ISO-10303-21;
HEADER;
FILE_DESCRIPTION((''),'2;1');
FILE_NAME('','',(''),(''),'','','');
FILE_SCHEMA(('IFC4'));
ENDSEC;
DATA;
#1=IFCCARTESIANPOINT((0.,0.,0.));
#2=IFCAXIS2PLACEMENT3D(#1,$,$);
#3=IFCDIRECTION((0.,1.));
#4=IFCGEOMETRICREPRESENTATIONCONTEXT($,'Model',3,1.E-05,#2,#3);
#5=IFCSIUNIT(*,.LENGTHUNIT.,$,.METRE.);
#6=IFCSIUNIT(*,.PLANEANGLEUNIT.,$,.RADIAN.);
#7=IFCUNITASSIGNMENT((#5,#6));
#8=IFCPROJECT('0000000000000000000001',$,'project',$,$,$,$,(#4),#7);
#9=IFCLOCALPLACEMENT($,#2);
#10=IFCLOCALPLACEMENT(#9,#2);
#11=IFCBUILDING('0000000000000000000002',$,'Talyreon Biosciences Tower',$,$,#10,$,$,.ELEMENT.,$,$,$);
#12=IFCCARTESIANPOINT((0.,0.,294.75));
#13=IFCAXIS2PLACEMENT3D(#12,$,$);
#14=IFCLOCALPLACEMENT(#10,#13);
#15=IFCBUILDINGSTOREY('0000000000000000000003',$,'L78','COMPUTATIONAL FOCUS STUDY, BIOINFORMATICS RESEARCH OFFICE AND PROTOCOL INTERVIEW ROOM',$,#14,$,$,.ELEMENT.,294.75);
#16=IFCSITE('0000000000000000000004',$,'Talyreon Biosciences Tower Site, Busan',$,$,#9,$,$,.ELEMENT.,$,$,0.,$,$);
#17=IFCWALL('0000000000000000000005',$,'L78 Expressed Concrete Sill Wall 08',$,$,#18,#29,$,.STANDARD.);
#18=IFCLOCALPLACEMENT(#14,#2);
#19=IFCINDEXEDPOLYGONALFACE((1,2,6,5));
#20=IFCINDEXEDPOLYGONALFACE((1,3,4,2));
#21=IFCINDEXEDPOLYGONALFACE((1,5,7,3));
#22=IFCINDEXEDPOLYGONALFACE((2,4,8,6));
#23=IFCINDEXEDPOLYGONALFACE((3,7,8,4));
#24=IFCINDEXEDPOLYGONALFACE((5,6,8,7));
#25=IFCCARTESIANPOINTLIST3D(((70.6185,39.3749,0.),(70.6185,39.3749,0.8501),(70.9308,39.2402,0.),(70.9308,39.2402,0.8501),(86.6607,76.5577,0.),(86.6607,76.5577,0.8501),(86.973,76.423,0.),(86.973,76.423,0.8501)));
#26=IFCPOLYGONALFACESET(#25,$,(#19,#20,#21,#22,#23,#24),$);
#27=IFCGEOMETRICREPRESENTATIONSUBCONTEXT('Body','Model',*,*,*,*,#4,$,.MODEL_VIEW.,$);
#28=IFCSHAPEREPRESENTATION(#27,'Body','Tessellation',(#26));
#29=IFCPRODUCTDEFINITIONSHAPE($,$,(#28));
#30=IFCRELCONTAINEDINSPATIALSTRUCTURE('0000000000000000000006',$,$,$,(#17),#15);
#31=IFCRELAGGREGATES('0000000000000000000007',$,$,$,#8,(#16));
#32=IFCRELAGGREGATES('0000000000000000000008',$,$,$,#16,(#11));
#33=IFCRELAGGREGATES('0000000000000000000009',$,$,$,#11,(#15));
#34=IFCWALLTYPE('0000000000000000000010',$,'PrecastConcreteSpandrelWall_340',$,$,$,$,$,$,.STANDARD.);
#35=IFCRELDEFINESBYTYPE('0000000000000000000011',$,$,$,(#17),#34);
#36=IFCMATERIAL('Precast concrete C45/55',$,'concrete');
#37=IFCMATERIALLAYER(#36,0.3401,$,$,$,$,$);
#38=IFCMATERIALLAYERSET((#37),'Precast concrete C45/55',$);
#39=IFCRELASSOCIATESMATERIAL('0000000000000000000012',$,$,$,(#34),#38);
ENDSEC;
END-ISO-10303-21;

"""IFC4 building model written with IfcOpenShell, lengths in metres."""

from ifc_helpers import new_model, si_unit, direction, frame, frame_2d, origin, place, context, subcontext, project, spatial, rectangle, extrude, material, layer, layer_set, type_object, element, save


model = new_model("IFC4")

# Units and contexts
model_context = context("Model", 3, precision=1e-05, world=origin(), true_north=direction((0.0, 1.0)))
body_context = subcontext(model_context, "Body", "Model", "MODEL_VIEW")
ifc_project = project(units=[si_unit("LENGTHUNIT", "METRE"), si_unit("PLANEANGLEUNIT", "RADIAN")], contexts=[model_context])

# Site, building, storey
site_placement = place(None, origin())
site = spatial("IfcSite", under=ifc_project, at=site_placement, Name="Talyreon Biosciences Tower Site, Busan", CompositionType="ELEMENT", RefElevation=0.0)
building_placement = place(site_placement, origin())
building = spatial("IfcBuilding", under=site, at=building_placement, Name="Talyreon Biosciences Tower", CompositionType="ELEMENT")
storey_placement = place(building_placement, frame((0.0, 0.0, 294.75)))
storey = spatial("IfcBuildingStorey", under=building, at=storey_placement, Name="L78", Description="COMPUTATIONAL FOCUS STUDY, BIOINFORMATICS RESEARCH OFFICE AND PROTOCOL INTERVIEW ROOM", CompositionType="ELEMENT", Elevation=294.75)

# Shared definitions
ifc_material_1 = material(Name="Precast concrete C45/55", Category="concrete")

# Wall
ifc_layer_1 = layer(ifc_material_1, 0.3401)
ifc_layer_set_1 = layer_set([ifc_layer_1], Name="Precast concrete C45/55")
wall_type_1 = type_object("IfcWallType", Name="PrecastConcreteSpandrelWall_340", PredefinedType="STANDARD", material=ifc_layer_set_1)
wall_1_placement = place(storey_placement, frame((86.8169, 76.4905, 0.0), z_axis=(0.0, 0.0, 1.0), x_axis=(-0.396145, -0.918188, 0.0)))
element("IfcWall", 1, at=wall_1_placement, inside=storey, type_object=wall_type_1, Name="L78 Expressed Concrete Sill Wall 08", PredefinedType="STANDARD", context=body_context, shape_type="SweptSolid", body=[
    extrude(rectangle(XDim=40.4958, YDim=0.3401, at=frame_2d((20.248, 0.0))), origin(), (0.0, 0.0, 1.0), 0.8501),
])

save(model, "model.ifc")
